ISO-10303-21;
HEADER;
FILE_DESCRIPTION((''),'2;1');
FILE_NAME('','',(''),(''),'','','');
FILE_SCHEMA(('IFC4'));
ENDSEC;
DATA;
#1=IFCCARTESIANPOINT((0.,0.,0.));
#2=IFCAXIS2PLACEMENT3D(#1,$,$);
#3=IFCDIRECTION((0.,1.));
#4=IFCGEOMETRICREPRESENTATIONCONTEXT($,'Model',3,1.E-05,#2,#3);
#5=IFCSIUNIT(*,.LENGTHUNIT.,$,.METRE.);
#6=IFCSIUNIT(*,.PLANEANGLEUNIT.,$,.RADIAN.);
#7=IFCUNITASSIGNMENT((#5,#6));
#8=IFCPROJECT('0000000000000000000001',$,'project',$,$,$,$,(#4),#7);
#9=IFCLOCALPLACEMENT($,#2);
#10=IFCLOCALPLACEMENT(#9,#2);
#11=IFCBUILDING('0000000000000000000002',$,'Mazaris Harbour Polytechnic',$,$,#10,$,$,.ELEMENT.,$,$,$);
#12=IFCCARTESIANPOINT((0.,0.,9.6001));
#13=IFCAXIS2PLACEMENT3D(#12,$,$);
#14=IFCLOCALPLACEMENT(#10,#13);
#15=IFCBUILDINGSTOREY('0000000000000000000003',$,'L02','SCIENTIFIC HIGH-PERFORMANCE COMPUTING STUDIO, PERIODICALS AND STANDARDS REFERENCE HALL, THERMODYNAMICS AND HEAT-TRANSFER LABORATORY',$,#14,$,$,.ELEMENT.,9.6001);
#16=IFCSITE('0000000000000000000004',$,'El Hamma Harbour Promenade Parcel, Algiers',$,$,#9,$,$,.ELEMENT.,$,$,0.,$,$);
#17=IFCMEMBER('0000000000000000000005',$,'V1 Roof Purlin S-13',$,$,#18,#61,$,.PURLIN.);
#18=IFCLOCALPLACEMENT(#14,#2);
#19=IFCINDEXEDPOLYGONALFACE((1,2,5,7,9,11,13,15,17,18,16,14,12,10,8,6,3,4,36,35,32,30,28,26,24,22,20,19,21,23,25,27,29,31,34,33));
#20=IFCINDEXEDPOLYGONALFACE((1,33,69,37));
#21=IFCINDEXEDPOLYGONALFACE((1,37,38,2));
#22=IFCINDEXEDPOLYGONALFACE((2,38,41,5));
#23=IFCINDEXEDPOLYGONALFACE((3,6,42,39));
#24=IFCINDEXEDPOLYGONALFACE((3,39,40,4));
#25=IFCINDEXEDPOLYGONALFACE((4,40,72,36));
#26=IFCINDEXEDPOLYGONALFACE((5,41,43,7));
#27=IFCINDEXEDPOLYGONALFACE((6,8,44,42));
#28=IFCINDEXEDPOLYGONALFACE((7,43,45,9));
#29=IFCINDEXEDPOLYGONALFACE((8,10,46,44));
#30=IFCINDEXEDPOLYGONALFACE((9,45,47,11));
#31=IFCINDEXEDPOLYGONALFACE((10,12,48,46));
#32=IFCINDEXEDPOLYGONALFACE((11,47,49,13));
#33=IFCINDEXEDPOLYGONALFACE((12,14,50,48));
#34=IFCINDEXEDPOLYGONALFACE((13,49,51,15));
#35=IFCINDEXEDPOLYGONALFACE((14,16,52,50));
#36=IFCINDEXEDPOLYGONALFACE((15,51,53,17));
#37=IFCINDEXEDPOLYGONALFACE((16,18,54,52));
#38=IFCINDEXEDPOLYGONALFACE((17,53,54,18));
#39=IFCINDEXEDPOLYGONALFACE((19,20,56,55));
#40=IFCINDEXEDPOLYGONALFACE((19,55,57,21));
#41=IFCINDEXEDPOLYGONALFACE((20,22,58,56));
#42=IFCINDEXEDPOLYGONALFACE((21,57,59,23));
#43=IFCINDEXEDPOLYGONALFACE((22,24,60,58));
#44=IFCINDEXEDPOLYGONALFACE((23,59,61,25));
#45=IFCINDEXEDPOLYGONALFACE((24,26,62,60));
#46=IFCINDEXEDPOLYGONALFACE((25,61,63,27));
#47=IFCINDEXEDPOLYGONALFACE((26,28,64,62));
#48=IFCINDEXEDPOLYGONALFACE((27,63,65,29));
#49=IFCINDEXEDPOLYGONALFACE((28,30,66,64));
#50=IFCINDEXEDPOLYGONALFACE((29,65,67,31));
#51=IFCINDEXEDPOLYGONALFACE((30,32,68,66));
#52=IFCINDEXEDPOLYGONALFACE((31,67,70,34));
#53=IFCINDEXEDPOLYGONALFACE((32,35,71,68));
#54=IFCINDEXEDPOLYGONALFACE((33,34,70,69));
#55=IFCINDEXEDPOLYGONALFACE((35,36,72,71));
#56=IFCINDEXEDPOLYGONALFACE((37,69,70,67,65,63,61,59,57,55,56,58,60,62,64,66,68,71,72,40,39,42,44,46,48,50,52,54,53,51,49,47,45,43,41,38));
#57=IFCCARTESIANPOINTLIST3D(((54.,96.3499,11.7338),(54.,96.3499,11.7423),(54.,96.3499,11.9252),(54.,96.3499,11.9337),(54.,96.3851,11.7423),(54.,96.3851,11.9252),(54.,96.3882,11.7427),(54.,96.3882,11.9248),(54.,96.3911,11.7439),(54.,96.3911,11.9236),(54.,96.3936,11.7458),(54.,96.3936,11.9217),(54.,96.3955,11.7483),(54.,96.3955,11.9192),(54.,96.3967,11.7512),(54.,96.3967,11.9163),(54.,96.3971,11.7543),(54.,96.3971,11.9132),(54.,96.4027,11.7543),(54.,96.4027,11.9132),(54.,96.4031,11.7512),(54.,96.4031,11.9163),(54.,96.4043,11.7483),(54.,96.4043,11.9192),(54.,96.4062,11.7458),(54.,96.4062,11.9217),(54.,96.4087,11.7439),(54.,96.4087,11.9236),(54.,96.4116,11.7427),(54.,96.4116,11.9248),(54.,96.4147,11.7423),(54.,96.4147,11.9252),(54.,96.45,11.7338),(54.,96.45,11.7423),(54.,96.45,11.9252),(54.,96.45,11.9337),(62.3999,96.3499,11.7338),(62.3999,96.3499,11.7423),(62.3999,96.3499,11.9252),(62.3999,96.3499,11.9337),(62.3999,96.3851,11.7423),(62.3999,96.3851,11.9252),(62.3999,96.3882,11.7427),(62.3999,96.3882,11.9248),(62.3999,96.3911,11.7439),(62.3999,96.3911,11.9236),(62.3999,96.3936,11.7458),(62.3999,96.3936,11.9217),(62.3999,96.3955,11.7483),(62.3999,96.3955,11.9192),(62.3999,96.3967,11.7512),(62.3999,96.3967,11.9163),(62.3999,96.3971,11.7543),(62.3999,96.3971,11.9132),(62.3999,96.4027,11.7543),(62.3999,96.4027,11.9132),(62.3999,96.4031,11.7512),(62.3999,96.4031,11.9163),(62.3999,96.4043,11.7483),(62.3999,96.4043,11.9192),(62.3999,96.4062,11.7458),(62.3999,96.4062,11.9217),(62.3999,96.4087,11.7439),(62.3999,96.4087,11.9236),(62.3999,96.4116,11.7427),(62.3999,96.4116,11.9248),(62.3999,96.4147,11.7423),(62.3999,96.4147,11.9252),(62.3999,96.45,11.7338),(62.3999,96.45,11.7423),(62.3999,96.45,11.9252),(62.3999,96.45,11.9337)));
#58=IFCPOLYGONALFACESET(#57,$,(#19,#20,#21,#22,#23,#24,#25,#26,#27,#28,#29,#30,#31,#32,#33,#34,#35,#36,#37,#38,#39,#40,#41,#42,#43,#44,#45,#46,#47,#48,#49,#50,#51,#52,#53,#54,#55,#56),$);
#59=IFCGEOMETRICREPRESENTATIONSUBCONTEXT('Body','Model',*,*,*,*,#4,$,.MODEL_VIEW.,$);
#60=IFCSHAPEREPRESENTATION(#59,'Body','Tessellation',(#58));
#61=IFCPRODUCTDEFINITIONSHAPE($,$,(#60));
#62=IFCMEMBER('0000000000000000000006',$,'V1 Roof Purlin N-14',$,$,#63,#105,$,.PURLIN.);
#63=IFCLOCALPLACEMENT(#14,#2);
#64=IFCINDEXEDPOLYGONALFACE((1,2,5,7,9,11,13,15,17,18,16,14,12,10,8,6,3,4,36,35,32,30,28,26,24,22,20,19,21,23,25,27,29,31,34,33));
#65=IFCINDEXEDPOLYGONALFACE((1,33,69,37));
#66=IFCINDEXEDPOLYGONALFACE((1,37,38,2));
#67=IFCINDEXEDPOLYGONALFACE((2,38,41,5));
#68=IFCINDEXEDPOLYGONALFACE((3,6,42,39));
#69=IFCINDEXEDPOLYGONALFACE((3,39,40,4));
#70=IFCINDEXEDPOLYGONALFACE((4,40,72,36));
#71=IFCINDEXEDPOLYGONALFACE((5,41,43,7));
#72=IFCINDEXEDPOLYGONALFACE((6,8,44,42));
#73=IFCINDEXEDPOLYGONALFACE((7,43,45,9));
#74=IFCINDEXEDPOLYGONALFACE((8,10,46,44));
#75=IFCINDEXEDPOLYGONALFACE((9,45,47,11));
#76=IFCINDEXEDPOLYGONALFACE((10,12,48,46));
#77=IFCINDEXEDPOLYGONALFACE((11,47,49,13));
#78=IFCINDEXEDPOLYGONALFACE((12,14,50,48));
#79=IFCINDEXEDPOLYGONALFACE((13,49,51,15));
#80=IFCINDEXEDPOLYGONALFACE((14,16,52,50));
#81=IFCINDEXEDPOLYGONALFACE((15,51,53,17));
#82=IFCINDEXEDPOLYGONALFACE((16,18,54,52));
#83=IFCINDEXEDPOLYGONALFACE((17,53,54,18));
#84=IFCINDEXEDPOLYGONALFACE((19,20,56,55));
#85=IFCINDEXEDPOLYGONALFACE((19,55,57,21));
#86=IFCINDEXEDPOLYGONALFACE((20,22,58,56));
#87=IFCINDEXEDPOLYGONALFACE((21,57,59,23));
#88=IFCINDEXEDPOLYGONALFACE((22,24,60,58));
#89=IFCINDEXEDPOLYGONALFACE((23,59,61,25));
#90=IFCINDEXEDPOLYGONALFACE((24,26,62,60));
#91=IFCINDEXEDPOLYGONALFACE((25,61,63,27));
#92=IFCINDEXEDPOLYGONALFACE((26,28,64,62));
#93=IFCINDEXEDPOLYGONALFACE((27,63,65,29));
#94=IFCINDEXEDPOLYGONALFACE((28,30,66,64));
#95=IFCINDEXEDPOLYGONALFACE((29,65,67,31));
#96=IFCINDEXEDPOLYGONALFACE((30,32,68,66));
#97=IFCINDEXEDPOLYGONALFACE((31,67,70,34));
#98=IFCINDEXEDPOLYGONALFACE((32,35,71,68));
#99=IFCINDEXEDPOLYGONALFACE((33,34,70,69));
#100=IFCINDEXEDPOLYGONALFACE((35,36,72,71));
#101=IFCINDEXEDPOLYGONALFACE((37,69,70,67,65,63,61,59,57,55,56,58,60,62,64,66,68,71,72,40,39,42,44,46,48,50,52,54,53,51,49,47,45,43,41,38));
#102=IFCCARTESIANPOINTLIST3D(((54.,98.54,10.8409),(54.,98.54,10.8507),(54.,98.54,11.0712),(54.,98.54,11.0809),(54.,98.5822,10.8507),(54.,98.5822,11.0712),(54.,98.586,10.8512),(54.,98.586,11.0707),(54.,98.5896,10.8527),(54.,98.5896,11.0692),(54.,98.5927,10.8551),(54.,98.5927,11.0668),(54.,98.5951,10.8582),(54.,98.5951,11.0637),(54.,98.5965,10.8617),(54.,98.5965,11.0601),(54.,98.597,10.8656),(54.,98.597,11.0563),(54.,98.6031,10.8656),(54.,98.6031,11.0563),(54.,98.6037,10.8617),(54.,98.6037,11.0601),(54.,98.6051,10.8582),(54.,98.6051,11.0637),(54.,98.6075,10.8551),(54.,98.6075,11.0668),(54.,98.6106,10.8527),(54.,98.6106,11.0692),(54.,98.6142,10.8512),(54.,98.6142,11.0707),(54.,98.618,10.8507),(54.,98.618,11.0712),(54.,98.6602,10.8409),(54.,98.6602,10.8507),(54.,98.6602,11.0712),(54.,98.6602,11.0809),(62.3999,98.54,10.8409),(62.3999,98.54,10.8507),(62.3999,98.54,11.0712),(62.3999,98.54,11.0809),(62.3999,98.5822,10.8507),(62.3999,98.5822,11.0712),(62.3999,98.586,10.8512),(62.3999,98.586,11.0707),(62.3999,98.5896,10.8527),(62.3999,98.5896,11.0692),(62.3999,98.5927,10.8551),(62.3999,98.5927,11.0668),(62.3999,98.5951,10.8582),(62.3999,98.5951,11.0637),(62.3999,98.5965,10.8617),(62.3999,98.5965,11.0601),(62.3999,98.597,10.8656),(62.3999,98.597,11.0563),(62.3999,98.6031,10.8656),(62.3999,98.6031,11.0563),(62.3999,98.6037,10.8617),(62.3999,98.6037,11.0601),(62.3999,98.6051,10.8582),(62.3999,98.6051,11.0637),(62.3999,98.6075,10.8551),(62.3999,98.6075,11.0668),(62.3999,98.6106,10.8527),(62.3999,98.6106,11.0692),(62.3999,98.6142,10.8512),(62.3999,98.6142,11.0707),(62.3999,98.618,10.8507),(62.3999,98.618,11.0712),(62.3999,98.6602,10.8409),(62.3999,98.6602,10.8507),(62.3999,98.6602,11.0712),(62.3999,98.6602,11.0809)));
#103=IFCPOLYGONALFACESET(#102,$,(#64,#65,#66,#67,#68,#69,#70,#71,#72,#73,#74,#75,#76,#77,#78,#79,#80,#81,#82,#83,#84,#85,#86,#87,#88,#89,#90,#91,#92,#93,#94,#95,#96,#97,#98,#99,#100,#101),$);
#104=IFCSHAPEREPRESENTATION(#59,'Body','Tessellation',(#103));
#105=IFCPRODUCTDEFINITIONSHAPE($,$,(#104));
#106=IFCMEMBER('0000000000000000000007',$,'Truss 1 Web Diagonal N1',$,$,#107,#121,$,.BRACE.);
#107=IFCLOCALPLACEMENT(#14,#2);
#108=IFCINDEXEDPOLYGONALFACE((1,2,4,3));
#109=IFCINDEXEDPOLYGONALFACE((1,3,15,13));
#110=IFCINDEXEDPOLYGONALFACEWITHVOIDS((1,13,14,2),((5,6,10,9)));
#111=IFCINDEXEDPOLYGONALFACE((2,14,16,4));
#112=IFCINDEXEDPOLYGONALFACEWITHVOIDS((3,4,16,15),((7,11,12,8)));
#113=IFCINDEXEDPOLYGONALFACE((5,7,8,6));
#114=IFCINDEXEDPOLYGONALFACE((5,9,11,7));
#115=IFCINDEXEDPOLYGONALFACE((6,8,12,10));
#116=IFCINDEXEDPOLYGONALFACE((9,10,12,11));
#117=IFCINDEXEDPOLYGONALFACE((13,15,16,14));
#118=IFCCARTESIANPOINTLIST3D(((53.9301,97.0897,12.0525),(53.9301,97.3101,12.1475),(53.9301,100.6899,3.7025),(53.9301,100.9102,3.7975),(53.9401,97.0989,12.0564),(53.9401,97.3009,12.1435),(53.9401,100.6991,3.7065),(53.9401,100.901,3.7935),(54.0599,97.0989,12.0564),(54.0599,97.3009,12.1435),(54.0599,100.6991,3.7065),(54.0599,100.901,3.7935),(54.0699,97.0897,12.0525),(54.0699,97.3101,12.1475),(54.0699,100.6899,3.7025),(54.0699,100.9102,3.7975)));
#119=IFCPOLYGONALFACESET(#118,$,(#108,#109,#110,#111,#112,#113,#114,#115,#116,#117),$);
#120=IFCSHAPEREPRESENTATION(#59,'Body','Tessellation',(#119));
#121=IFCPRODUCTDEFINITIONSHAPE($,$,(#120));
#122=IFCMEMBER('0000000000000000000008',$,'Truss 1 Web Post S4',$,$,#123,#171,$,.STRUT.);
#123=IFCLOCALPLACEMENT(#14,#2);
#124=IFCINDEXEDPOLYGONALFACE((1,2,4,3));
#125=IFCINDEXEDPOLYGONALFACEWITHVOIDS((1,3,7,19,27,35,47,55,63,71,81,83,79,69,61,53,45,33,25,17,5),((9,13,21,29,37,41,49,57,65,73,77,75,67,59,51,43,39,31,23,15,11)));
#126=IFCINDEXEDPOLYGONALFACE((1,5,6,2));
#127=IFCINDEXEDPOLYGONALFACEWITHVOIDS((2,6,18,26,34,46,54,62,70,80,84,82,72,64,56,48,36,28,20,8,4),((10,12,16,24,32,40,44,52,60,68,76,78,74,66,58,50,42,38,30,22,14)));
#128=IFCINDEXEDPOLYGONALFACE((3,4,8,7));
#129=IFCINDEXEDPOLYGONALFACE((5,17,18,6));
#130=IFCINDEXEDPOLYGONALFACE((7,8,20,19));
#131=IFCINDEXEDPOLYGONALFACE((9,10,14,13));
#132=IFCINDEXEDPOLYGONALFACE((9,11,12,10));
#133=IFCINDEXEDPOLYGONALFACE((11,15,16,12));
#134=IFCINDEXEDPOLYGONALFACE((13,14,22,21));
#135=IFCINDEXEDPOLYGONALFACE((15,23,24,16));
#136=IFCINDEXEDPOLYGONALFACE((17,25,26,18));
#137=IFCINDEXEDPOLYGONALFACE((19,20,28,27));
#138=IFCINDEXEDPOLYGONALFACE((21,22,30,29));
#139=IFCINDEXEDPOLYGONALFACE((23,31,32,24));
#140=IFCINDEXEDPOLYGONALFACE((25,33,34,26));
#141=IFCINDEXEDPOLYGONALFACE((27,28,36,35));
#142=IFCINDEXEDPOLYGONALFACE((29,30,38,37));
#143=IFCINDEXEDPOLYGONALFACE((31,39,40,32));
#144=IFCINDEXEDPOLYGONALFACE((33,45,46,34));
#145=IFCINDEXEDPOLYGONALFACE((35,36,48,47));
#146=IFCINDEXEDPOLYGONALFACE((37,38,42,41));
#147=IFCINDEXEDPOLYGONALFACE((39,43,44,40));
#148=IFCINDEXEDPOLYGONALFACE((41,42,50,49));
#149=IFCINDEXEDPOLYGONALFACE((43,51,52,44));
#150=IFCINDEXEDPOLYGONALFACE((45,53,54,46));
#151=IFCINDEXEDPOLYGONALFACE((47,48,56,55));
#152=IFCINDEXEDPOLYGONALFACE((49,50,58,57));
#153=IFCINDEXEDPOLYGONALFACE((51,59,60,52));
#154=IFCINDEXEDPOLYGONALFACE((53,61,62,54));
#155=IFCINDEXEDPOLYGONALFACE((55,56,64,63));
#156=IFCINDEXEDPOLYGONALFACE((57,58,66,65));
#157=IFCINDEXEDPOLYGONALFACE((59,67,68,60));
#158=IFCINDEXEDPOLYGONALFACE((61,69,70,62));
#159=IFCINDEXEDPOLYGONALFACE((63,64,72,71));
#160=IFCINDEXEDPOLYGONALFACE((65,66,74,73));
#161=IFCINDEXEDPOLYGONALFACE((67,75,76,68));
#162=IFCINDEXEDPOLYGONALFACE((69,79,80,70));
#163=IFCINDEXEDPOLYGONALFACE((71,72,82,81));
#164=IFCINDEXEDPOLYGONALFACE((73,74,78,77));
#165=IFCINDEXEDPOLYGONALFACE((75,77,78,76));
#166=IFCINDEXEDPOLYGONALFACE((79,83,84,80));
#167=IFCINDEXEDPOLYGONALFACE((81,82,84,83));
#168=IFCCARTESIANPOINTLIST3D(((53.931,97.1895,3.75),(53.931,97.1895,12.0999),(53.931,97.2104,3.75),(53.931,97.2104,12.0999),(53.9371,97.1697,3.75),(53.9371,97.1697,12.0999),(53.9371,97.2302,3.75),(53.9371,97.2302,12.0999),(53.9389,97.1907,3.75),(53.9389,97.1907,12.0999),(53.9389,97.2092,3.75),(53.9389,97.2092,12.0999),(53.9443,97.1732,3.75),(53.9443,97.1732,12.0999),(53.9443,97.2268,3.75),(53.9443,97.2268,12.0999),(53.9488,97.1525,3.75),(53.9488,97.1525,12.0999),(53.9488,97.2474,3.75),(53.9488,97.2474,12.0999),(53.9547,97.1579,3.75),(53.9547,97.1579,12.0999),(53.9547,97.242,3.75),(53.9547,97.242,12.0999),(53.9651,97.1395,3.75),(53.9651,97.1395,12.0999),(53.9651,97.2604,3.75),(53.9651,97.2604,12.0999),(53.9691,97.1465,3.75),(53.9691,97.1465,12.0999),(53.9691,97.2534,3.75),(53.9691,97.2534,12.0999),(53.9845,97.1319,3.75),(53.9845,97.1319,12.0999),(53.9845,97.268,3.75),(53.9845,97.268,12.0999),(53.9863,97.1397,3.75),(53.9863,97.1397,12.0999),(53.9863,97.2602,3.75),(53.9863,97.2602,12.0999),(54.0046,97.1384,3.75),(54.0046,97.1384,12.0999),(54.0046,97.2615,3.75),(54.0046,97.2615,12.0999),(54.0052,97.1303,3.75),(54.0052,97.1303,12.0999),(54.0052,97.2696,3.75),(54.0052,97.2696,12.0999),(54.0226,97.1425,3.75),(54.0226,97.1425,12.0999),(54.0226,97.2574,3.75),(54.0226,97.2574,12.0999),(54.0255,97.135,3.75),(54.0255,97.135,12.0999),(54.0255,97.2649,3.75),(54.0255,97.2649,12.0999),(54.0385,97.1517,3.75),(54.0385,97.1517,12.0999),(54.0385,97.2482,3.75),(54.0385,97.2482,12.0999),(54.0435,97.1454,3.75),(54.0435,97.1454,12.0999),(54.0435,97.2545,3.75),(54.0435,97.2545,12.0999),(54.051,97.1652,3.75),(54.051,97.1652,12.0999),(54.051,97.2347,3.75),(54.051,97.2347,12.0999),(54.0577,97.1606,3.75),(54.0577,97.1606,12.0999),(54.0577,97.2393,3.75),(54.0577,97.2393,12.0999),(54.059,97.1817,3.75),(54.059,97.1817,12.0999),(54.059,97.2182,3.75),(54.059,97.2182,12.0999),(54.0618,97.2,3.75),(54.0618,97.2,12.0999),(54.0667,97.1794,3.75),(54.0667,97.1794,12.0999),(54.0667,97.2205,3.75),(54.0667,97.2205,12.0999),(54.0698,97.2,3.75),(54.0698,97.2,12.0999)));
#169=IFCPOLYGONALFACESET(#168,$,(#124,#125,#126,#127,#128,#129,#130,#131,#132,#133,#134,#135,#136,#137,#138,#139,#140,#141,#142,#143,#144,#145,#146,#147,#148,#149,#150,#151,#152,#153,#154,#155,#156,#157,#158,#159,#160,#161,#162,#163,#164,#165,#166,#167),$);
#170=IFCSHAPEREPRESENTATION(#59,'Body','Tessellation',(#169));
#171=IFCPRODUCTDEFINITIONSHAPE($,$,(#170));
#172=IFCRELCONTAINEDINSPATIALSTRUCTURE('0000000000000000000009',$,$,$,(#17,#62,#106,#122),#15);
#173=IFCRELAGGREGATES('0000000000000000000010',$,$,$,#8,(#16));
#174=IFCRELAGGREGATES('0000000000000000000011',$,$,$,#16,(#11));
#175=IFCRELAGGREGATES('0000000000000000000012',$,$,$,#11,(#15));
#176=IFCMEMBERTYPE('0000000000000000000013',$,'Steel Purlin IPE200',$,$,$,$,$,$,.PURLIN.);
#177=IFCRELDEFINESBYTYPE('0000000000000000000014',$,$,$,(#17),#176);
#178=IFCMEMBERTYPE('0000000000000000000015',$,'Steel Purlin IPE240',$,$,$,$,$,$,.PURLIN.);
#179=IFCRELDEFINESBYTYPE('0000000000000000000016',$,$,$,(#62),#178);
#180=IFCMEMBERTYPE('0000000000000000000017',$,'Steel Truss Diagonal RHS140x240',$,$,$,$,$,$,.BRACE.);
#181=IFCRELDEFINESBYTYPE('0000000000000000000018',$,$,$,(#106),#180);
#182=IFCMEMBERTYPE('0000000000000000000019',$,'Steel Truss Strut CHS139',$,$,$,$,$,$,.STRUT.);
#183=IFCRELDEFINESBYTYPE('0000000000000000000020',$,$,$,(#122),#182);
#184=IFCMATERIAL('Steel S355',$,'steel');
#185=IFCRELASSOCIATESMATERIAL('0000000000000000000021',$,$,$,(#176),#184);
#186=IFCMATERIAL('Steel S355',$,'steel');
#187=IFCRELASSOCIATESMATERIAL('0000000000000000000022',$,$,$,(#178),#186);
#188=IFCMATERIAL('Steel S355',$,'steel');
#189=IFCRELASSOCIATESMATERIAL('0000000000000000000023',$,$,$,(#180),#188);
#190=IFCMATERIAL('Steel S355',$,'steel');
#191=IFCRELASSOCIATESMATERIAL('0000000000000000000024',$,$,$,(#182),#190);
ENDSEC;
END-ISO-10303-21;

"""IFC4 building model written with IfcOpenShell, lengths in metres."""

from ifc_helpers import new_model, si_unit, direction, frame, origin, origin_2d, place, context, subcontext, project, spatial, hollow_rectangle, hollow_circle, i_section, extrude, material, material_profile, profile_set, type_object, element, save


model = new_model("IFC4")

# Units and contexts
model_context = context("Model", 3, precision=1e-05, world=origin(), true_north=direction((0.0, 1.0)))
body_context = subcontext(model_context, "Body", "Model", "MODEL_VIEW")
ifc_project = project(units=[si_unit("LENGTHUNIT", "METRE"), si_unit("PLANEANGLEUNIT", "RADIAN")], contexts=[model_context])

# Site, building, storey
site_placement = place(None, origin())
site = spatial("IfcSite", under=ifc_project, at=site_placement, Name="El Hamma Harbour Promenade Parcel, Algiers", CompositionType="ELEMENT", RefElevation=0.0)
building_placement = place(site_placement, origin())
building = spatial("IfcBuilding", under=site, at=building_placement, Name="Mazaris Harbour Polytechnic", CompositionType="ELEMENT")
storey_placement = place(building_placement, frame((0.0, 0.0, 9.6001)))
storey = spatial("IfcBuildingStorey", under=building, at=storey_placement, Name="L02", Description="SCIENTIFIC HIGH-PERFORMANCE COMPUTING STUDIO, PERIODICALS AND STANDARDS REFERENCE HALL, THERMODYNAMICS AND HEAT-TRANSFER LABORATORY", CompositionType="ELEMENT", Elevation=9.6001)

# Members
ifc_material_1 = material(Name="Steel S355", Category="steel")
ifc_material_profile_1 = material_profile(ifc_material_1, i_section(OverallWidth=0.1001, OverallDepth=0.2, WebThickness=0.0056, FlangeThickness=0.0085, FilletRadius=0.012, at=origin_2d()), Name="IPE 200")
ifc_profile_set_1 = profile_set([ifc_material_profile_1], Name="Steel S355")
member_type_1 = type_object("IfcMemberType", Name="Steel Purlin IPE200", PredefinedType="PURLIN", material=ifc_profile_set_1)
member_1_placement = place(storey_placement, frame((54.0, 96.3999, 11.8337), z_axis=(1.0, 0.0, 0.0), x_axis=(0.0, 1.0, 0.0)))
element("IfcMember", 1, at=member_1_placement, inside=storey, type_object=member_type_1, Name="V1 Roof Purlin S-13", PredefinedType="PURLIN", context=body_context, shape_type="SweptSolid", body=[
    extrude(i_section(OverallWidth=0.1001, OverallDepth=0.2, WebThickness=0.0056, FlangeThickness=0.0085, FilletRadius=0.012, at=origin_2d()), origin(), (0.0, 0.0, 1.0), 8.3999),
])
ifc_material_2 = material(Name="Steel S355", Category="steel")
ifc_material_profile_2 = material_profile(ifc_material_2, i_section(OverallWidth=0.1201, OverallDepth=0.24, WebThickness=0.0061, FlangeThickness=0.0098, FilletRadius=0.0149, at=origin_2d()), Name="IPE 240")
ifc_profile_set_2 = profile_set([ifc_material_profile_2], Name="Steel S355")
member_type_2 = type_object("IfcMemberType", Name="Steel Purlin IPE240", PredefinedType="PURLIN", material=ifc_profile_set_2)
member_2_placement = place(storey_placement, frame((54.0, 98.6001, 10.9609), z_axis=(1.0, 0.0, 0.0), x_axis=(0.0, 1.0, 0.0)))
element("IfcMember", 2, at=member_2_placement, inside=storey, type_object=member_type_2, Name="V1 Roof Purlin N-14", PredefinedType="PURLIN", context=body_context, shape_type="SweptSolid", body=[
    extrude(i_section(OverallWidth=0.1201, OverallDepth=0.24, WebThickness=0.0061, FlangeThickness=0.0098, FilletRadius=0.0149, at=origin_2d()), origin(), (0.0, 0.0, 1.0), 8.3999),
])
ifc_material_3 = material(Name="Steel S355", Category="steel")
ifc_material_profile_3 = material_profile(ifc_material_3, hollow_rectangle(XDim=0.1399, YDim=0.24, WallThickness=0.01, at=origin_2d()), Name="RHS 140x240x10.0")
ifc_profile_set_3 = profile_set([ifc_material_profile_3], Name="Steel S355")
member_type_3 = type_object("IfcMemberType", Name="Steel Truss Diagonal RHS140x240", PredefinedType="BRACE", material=ifc_profile_set_3)
member_3_placement = place(storey_placement, frame((54.0, 100.8, 3.75), z_axis=(0.0, -0.395924, 0.918283), x_axis=(1.0, 0.0, 0.0)))
element("IfcMember", 3, at=member_3_placement, inside=storey, type_object=member_type_3, Name="Truss 1 Web Diagonal N1", PredefinedType="BRACE", context=body_context, shape_type="SweptSolid", body=[
    extrude(hollow_rectangle(XDim=0.1399, YDim=0.24, WallThickness=0.01, at=origin_2d()), origin(), (0.0, 0.0, 1.0), 9.093),
])
ifc_material_4 = material(Name="Steel S355", Category="steel")
ifc_material_profile_4 = material_profile(ifc_material_4, hollow_circle(Radius=0.0698, WallThickness=0.0081, at=origin_2d()), Name="CHS 139.7x8.0")
ifc_profile_set_4 = profile_set([ifc_material_profile_4], Name="Steel S355")
member_type_4 = type_object("IfcMemberType", Name="Steel Truss Strut CHS139", PredefinedType="STRUT", material=ifc_profile_set_4)
member_4_placement = place(storey_placement, frame((54.0, 97.2, 3.75), z_axis=(0.0, 0.0, 1.0), x_axis=(1.0, 0.0, 0.0)))
element("IfcMember", 4, at=member_4_placement, inside=storey, type_object=member_type_4, Name="Truss 1 Web Post S4", PredefinedType="STRUT", context=body_context, shape_type="SweptSolid", body=[
    extrude(hollow_circle(Radius=0.0698, WallThickness=0.0081, at=origin_2d()), origin(), (0.0, 0.0, 1.0), 8.3499),
])

save(model, "model.ifc")
